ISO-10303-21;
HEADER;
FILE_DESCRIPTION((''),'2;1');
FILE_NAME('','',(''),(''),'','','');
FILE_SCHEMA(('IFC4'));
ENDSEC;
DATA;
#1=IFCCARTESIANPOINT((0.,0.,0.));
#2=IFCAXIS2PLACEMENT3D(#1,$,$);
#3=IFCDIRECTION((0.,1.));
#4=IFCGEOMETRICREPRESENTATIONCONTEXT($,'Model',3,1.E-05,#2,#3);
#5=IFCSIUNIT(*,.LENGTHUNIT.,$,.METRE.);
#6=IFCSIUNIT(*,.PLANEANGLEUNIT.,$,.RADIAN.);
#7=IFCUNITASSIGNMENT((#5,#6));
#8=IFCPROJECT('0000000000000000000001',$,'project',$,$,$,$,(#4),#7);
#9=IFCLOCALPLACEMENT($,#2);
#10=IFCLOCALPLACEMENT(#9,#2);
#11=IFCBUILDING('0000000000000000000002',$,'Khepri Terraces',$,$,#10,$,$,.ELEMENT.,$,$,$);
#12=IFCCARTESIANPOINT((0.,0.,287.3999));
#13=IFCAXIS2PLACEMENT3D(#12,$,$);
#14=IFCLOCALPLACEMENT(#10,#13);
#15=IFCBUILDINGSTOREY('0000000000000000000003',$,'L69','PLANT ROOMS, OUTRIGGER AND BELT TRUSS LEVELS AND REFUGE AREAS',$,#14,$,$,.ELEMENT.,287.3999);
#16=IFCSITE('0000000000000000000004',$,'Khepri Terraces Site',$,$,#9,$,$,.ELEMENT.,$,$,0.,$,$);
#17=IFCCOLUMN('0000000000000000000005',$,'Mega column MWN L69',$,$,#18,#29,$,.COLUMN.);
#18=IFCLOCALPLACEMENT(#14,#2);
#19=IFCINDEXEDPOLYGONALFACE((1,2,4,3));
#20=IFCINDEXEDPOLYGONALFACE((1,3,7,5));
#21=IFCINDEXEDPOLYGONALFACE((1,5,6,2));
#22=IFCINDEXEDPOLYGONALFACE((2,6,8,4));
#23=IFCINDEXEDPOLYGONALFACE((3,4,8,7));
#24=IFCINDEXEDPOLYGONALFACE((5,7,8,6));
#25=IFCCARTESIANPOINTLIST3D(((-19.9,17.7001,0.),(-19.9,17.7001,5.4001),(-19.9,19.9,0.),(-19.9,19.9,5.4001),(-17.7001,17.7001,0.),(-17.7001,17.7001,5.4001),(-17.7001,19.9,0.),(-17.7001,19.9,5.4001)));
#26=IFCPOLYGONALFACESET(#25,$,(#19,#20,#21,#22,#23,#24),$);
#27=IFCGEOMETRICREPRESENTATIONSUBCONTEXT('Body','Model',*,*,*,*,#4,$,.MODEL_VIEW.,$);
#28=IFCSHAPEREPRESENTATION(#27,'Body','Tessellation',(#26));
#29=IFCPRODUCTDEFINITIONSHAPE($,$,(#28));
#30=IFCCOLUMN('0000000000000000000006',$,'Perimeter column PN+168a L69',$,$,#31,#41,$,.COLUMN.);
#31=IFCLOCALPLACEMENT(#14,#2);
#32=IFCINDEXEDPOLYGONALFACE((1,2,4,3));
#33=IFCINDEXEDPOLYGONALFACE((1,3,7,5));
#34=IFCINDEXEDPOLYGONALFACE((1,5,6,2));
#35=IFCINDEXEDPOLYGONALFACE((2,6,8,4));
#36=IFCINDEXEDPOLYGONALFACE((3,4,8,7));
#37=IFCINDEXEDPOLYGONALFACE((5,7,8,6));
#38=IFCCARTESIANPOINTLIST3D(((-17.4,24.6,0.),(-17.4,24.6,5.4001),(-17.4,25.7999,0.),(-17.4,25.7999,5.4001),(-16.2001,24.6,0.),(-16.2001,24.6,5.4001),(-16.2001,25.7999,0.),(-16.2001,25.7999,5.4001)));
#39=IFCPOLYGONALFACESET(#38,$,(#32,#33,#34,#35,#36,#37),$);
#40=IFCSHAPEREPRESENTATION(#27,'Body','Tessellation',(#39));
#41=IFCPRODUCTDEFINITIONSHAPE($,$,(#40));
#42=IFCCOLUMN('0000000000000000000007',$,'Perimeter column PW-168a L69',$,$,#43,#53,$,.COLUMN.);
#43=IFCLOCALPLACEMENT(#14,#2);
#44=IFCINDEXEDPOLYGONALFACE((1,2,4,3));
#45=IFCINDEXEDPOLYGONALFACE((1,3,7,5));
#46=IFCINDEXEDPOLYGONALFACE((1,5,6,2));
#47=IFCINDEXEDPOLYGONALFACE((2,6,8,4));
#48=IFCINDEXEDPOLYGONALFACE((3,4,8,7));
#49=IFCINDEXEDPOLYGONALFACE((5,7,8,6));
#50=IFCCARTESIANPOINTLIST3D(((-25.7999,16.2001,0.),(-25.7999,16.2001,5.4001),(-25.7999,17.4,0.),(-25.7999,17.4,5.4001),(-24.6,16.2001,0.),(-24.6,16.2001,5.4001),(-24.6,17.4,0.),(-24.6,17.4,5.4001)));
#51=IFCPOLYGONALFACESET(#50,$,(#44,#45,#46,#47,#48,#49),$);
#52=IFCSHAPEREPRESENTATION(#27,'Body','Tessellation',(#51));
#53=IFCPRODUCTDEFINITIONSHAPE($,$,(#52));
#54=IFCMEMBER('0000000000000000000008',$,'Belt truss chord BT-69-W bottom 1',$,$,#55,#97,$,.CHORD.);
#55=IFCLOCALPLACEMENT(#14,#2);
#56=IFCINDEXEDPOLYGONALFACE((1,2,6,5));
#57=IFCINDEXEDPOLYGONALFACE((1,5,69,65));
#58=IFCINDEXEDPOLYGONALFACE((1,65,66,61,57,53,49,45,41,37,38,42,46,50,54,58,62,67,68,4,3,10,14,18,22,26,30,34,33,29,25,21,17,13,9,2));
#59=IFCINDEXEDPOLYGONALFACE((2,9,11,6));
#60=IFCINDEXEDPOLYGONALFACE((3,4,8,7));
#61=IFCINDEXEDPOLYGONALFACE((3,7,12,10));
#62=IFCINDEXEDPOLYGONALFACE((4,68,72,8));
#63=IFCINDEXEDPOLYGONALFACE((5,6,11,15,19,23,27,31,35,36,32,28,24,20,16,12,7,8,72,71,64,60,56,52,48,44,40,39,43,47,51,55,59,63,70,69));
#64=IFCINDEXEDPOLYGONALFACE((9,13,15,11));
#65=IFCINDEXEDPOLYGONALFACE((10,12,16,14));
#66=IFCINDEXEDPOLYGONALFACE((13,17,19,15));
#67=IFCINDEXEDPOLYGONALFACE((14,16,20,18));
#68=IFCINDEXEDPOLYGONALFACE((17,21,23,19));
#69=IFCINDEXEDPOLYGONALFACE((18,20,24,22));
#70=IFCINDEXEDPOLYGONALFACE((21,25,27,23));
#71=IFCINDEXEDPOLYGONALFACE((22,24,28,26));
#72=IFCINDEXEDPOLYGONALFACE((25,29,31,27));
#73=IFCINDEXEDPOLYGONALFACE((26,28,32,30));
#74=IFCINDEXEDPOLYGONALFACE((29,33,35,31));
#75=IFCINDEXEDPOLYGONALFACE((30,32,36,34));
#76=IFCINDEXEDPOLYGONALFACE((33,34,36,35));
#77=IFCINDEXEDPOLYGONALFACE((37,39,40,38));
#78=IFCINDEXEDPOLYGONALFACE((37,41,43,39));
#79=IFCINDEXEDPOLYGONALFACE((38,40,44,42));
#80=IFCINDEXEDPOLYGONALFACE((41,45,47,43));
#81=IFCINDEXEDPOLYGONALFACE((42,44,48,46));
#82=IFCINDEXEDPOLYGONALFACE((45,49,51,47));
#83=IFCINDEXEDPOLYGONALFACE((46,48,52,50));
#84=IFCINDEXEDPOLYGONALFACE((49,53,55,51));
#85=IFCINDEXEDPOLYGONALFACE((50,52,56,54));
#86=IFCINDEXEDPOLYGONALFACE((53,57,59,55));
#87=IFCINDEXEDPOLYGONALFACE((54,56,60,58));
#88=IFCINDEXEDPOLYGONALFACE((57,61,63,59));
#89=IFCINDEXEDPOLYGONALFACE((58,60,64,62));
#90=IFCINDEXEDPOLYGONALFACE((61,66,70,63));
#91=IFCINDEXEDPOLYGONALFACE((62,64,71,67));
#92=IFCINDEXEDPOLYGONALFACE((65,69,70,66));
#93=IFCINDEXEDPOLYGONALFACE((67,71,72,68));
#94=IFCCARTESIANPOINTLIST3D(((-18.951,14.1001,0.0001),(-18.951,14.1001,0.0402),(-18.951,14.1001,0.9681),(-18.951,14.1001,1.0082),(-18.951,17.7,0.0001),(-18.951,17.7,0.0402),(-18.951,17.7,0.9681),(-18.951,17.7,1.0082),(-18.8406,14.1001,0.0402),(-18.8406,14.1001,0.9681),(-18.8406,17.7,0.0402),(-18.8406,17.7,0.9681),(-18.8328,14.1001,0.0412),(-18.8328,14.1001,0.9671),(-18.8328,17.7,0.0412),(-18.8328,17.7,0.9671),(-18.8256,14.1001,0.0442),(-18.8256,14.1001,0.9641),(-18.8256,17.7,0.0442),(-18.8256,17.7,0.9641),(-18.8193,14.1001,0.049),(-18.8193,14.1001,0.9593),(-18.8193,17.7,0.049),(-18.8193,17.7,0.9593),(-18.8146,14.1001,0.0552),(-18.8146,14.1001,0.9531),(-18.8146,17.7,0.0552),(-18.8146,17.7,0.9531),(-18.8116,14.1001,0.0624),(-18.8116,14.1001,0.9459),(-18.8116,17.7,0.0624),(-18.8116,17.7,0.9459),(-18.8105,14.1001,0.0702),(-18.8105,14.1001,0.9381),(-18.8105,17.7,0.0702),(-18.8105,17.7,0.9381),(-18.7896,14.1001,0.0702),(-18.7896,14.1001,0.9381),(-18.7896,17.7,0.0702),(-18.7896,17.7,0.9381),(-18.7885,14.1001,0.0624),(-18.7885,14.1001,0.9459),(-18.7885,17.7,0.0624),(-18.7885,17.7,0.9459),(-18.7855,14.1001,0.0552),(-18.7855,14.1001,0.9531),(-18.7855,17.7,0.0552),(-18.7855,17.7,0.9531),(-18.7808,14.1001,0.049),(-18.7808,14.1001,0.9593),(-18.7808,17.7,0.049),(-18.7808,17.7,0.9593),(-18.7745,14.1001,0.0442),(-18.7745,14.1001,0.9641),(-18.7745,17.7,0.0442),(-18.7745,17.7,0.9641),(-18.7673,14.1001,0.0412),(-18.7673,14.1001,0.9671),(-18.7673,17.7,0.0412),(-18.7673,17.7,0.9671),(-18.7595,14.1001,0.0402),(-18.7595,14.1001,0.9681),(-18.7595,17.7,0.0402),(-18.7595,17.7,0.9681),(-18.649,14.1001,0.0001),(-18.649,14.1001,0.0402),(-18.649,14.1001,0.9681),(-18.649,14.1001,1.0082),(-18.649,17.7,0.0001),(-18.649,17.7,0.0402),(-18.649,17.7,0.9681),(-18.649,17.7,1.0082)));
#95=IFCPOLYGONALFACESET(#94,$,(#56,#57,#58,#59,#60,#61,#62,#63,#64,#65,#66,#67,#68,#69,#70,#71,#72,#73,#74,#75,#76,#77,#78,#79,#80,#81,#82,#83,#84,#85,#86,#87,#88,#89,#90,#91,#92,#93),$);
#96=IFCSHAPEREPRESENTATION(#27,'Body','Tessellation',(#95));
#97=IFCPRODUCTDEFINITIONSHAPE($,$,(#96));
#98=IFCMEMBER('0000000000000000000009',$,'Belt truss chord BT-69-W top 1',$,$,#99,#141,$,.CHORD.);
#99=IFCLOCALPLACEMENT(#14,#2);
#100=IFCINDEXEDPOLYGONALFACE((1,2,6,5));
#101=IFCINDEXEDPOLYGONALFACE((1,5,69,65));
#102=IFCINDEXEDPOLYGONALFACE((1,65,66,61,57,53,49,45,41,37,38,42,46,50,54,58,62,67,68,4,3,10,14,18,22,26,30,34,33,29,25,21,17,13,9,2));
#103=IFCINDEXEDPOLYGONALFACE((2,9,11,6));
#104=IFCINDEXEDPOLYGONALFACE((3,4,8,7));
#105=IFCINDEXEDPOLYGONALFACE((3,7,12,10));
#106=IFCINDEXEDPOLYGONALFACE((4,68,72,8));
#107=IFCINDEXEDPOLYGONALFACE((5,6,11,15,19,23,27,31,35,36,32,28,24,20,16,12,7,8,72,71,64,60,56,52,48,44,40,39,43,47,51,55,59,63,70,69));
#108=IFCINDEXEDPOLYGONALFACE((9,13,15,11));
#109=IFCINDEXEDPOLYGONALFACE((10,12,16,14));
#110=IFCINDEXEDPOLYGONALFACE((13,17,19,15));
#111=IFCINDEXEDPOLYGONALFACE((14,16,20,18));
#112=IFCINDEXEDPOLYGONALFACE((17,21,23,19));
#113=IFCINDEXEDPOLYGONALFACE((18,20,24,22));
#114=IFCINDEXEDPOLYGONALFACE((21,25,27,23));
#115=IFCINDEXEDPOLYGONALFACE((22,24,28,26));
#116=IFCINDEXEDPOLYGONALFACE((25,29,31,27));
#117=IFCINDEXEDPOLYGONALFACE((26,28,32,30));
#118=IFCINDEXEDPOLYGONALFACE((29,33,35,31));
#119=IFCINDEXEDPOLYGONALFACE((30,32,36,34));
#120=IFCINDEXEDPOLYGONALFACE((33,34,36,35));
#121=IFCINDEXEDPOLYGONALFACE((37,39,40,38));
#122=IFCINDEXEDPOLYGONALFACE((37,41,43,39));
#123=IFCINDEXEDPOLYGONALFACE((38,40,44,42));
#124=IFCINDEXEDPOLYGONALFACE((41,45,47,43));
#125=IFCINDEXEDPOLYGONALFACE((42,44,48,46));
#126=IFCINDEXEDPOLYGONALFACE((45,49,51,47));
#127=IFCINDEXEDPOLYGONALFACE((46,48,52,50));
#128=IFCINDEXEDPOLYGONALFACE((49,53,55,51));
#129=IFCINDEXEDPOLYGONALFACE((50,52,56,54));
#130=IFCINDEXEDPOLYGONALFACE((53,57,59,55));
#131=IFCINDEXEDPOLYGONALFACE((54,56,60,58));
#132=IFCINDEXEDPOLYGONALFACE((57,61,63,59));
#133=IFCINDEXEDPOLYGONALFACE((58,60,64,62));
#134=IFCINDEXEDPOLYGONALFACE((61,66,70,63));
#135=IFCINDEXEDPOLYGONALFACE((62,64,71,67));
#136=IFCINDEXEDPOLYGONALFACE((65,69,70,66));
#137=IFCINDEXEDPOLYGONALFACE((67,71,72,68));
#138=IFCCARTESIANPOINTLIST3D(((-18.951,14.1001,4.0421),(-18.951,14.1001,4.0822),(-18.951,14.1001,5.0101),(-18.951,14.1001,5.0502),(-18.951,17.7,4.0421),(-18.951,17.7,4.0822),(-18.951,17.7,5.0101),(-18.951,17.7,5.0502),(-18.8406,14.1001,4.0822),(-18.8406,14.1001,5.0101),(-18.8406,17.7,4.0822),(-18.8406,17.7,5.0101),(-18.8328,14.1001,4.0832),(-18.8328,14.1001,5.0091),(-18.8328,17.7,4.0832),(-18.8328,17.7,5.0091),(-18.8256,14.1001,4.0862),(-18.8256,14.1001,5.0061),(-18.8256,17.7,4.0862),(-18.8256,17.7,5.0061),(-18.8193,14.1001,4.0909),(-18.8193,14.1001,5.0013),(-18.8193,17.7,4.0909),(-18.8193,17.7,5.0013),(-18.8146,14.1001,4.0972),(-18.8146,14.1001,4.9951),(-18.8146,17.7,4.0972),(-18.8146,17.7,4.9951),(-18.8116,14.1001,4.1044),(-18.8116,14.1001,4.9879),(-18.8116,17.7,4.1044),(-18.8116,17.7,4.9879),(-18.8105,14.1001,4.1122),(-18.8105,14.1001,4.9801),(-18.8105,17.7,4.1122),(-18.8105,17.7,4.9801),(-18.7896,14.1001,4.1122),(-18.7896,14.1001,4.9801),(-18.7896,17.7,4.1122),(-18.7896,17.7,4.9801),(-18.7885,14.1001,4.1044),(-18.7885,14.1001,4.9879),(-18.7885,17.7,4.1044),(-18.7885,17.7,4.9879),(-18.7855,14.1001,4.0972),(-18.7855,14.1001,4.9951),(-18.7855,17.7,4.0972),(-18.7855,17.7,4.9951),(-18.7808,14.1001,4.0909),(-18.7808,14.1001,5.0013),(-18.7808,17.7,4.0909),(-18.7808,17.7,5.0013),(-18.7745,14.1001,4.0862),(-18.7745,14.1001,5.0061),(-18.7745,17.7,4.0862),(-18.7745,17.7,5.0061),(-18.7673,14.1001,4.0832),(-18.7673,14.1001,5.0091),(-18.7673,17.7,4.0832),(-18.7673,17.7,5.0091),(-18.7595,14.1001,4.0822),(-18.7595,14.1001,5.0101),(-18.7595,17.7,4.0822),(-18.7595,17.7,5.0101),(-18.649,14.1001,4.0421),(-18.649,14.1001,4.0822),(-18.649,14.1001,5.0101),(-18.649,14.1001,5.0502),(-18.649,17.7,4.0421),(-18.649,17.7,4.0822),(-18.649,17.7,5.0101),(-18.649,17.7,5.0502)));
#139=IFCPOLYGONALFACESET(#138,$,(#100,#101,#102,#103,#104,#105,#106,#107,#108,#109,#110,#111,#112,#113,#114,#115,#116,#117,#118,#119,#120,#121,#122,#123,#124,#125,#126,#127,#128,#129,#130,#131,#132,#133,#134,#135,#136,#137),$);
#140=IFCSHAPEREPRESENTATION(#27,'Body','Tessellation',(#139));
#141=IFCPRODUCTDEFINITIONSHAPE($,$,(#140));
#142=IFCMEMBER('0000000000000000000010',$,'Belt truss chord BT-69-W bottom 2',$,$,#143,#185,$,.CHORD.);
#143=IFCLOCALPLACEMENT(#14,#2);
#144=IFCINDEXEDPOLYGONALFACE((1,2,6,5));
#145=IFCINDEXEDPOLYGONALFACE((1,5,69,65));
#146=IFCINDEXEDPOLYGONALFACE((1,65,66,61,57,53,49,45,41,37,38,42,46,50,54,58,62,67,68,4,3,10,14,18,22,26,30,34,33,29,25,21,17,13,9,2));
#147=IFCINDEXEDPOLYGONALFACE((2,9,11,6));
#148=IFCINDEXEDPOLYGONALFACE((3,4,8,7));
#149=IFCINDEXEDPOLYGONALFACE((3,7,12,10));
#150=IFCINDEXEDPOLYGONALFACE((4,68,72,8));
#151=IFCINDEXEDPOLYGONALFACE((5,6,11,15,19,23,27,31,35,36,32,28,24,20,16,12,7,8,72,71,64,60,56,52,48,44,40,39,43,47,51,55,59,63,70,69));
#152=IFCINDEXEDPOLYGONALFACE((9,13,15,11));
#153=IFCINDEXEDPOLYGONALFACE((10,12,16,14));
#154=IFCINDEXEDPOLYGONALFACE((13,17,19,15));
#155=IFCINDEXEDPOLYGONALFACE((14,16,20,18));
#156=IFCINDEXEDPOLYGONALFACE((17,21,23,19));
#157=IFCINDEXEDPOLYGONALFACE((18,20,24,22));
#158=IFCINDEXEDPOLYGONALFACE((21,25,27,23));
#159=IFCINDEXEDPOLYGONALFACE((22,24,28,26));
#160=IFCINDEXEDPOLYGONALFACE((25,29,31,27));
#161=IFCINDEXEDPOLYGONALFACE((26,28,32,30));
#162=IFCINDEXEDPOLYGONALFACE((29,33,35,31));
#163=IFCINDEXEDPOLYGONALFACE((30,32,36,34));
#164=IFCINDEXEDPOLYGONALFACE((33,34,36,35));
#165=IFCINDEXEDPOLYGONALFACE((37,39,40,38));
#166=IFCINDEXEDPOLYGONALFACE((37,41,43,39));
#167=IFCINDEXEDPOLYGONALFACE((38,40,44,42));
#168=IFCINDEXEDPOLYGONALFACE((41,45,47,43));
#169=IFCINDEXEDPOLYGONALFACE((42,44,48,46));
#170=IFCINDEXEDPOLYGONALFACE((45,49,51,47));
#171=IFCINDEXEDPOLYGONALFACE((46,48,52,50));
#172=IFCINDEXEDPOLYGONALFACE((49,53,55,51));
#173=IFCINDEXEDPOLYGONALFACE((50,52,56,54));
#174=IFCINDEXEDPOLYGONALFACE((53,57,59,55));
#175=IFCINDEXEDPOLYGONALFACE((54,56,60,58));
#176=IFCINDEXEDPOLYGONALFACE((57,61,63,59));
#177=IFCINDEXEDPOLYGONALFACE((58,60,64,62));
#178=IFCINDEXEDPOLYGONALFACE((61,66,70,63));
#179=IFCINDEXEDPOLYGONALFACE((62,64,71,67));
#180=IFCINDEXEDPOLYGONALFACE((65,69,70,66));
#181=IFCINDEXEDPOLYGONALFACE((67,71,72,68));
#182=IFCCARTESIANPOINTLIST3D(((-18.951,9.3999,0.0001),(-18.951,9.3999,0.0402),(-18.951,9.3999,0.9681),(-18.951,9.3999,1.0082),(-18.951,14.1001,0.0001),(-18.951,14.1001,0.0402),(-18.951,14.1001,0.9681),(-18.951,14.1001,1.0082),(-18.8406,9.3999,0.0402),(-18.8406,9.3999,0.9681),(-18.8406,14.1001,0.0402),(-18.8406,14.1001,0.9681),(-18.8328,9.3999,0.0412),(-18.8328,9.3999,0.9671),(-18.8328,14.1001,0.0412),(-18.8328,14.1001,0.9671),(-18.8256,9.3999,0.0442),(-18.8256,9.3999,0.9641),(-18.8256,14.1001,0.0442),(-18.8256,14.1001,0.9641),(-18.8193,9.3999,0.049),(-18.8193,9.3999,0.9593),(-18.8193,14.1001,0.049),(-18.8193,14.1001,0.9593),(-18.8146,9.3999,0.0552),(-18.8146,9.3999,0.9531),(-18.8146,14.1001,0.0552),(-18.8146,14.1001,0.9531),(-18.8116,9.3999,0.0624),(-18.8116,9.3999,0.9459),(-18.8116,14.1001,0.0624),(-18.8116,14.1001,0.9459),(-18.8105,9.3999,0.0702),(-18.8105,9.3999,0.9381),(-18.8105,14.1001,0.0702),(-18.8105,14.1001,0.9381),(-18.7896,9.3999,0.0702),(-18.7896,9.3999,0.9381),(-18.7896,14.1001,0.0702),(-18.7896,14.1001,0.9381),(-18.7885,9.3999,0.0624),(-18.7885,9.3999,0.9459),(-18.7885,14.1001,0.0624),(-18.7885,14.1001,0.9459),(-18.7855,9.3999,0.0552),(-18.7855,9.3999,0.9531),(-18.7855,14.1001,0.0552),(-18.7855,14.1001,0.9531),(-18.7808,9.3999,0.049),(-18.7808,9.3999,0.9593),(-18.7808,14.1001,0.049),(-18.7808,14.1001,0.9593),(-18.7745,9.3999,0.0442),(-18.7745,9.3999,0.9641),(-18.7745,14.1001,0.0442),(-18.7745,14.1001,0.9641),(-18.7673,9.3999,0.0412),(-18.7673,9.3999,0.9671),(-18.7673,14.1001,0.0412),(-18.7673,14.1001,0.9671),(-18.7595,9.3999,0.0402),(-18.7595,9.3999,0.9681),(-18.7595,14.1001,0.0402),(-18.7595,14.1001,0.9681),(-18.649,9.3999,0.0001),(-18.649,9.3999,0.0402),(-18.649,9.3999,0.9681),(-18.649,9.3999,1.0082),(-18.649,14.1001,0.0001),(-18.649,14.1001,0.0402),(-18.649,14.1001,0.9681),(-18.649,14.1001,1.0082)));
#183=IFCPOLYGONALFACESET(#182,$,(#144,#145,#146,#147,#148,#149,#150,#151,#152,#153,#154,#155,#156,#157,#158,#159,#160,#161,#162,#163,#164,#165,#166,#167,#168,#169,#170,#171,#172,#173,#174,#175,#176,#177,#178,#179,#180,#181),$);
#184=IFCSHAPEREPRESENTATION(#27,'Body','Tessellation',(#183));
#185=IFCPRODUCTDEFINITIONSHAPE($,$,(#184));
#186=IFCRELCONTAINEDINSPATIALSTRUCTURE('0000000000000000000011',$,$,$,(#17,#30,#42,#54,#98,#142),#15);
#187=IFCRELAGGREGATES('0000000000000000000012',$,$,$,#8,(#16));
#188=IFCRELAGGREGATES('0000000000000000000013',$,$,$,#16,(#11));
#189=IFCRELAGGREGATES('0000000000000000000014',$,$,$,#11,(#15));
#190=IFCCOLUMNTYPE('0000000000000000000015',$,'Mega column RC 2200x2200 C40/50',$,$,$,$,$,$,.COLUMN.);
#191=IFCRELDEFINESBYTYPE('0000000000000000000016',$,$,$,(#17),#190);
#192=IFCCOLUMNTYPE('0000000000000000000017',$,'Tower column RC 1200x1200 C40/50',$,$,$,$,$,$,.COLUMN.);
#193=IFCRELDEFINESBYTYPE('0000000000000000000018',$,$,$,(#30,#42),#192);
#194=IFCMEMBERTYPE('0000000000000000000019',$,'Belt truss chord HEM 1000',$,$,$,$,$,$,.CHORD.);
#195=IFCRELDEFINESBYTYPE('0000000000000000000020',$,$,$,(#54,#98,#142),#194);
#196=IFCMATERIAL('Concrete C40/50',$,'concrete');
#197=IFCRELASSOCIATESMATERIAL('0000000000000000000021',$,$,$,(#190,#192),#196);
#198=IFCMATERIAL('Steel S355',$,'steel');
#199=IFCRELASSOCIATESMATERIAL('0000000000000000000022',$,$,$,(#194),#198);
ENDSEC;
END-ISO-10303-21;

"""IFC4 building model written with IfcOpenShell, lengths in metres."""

from ifc_helpers import new_model, si_unit, direction, frame, origin, origin_2d, place, context, subcontext, project, spatial, rectangle, i_section, extrude, material, material_profile, profile_set, type_object, element, save


model = new_model("IFC4")

# Units and contexts
model_context = context("Model", 3, precision=1e-05, world=origin(), true_north=direction((0.0, 1.0)))
body_context = subcontext(model_context, "Body", "Model", "MODEL_VIEW")
ifc_project = project(units=[si_unit("LENGTHUNIT", "METRE"), si_unit("PLANEANGLEUNIT", "RADIAN")], contexts=[model_context])

# Site, building, storey
site_placement = place(None, origin())
site = spatial("IfcSite", under=ifc_project, at=site_placement, Name="Khepri Terraces Site", CompositionType="ELEMENT", RefElevation=0.0)
building_placement = place(site_placement, origin())
building = spatial("IfcBuilding", under=site, at=building_placement, Name="Khepri Terraces", CompositionType="ELEMENT")
storey_placement = place(building_placement, frame((0.0, 0.0, 287.3999)))
storey = spatial("IfcBuildingStorey", under=building, at=storey_placement, Name="L69", Description="PLANT ROOMS, OUTRIGGER AND BELT TRUSS LEVELS AND REFUGE AREAS", CompositionType="ELEMENT", Elevation=287.3999)

# Columns
ifc_material_1 = material(Name="Concrete C40/50", Category="concrete")
ifc_material_profile_1 = material_profile(ifc_material_1, rectangle(XDim=2.2, YDim=2.2, at=origin_2d()), Name="Concrete C40/50", Category="concrete")
ifc_profile_set_1 = profile_set([ifc_material_profile_1], Name="Concrete C40/50")
column_type_1 = type_object("IfcColumnType", Name="Mega column RC 2200x2200 C40/50", PredefinedType="COLUMN", material=ifc_profile_set_1)
column_placement = place(storey_placement, frame((-18.8, 18.8, 0.0), z_axis=(0.0, 0.0, 1.0), x_axis=(1.0, 0.0, 0.0)))
element("IfcColumn", 1, at=column_placement, inside=storey, type_object=column_type_1, Name="Mega column MWN L69", PredefinedType="COLUMN", context=body_context, shape_type="SweptSolid", body=[
    extrude(rectangle(XDim=2.2, YDim=2.2, at=origin_2d()), origin(), (0.0, 0.0, 1.0), 5.4001),
])
ifc_material_profile_2 = material_profile(ifc_material_1, rectangle(XDim=1.2, YDim=1.2, at=origin_2d()), Name="Concrete C40/50", Category="concrete")
ifc_profile_set_2 = profile_set([ifc_material_profile_2], Name="Concrete C40/50")
column_type_2 = type_object("IfcColumnType", Name="Tower column RC 1200x1200 C40/50", PredefinedType="COLUMN", material=ifc_profile_set_2)
for number, where, z_axis, x_axis, name in (
    (2, (-16.8, 25.2, 0.0), (0.0, 0.0, 1.0), (1.0, 0.0, 0.0), "Perimeter column PN+168a L69"),
    (3, (-25.2, 16.8, 0.0), (0.0, 0.0, 1.0), (1.0, 0.0, 0.0), "Perimeter column PW-168a L69"),
):
    element("IfcColumn", number, at=place(storey_placement, frame(where, z_axis=z_axis, x_axis=x_axis)), inside=storey, type_object=column_type_2, Name=name, PredefinedType="COLUMN", context=body_context, shape_type="SweptSolid", body=[
        extrude(rectangle(XDim=1.2, YDim=1.2, at=origin_2d()), origin(), (0.0, 0.0, 1.0), 5.4001),
    ])

# Members
ifc_material_2 = material(Name="Steel S355", Category="steel")
ifc_material_profile_3 = material_profile(ifc_material_2, i_section(OverallWidth=0.302, OverallDepth=1.0081, WebThickness=0.021, FlangeThickness=0.04, FilletRadius=0.03, at=origin_2d()), Name="Steel S355", Category="steel")
ifc_profile_set_3 = profile_set([ifc_material_profile_3], Name="Steel S355")
member_type_1 = type_object("IfcMemberType", Name="Belt truss chord HEM 1000", PredefinedType="CHORD", material=ifc_profile_set_3)
for number, where, z_axis, x_axis, name in (
    (4, (-18.8, 17.7, 0.5042), (0.0, -1.0, 0.0), (1.0, 0.0, 0.0), "Belt truss chord BT-69-W bottom 1"),
    (5, (-18.8, 17.7, 4.5461), (0.0, -1.0, 0.0), (1.0, 0.0, 0.0), "Belt truss chord BT-69-W top 1"),
):
    element("IfcMember", number, at=place(storey_placement, frame(where, z_axis=z_axis, x_axis=x_axis)), inside=storey, type_object=member_type_1, Name=name, PredefinedType="CHORD", context=body_context, shape_type="SweptSolid", body=[
        extrude(i_section(OverallWidth=0.302, OverallDepth=1.0081, WebThickness=0.021, FlangeThickness=0.04, FilletRadius=0.03, at=origin_2d()), origin(), (0.0, 0.0, 1.0), 3.5999),
    ])
for number, where, z_axis, x_axis, name in (
    (6, (-18.8, 14.1001, 0.5042), (0.0, -1.0, 0.0), (1.0, 0.0, 0.0), "Belt truss chord BT-69-W bottom 2"),
):
    element("IfcMember", number, at=place(storey_placement, frame(where, z_axis=z_axis, x_axis=x_axis)), inside=storey, type_object=member_type_1, Name=name, PredefinedType="CHORD", context=body_context, shape_type="SweptSolid", body=[
        extrude(i_section(OverallWidth=0.302, OverallDepth=1.0081, WebThickness=0.021, FlangeThickness=0.04, FilletRadius=0.03, at=origin_2d()), origin(), (0.0, 0.0, 1.0), 4.7002),
    ])

save(model, "model.ifc")
